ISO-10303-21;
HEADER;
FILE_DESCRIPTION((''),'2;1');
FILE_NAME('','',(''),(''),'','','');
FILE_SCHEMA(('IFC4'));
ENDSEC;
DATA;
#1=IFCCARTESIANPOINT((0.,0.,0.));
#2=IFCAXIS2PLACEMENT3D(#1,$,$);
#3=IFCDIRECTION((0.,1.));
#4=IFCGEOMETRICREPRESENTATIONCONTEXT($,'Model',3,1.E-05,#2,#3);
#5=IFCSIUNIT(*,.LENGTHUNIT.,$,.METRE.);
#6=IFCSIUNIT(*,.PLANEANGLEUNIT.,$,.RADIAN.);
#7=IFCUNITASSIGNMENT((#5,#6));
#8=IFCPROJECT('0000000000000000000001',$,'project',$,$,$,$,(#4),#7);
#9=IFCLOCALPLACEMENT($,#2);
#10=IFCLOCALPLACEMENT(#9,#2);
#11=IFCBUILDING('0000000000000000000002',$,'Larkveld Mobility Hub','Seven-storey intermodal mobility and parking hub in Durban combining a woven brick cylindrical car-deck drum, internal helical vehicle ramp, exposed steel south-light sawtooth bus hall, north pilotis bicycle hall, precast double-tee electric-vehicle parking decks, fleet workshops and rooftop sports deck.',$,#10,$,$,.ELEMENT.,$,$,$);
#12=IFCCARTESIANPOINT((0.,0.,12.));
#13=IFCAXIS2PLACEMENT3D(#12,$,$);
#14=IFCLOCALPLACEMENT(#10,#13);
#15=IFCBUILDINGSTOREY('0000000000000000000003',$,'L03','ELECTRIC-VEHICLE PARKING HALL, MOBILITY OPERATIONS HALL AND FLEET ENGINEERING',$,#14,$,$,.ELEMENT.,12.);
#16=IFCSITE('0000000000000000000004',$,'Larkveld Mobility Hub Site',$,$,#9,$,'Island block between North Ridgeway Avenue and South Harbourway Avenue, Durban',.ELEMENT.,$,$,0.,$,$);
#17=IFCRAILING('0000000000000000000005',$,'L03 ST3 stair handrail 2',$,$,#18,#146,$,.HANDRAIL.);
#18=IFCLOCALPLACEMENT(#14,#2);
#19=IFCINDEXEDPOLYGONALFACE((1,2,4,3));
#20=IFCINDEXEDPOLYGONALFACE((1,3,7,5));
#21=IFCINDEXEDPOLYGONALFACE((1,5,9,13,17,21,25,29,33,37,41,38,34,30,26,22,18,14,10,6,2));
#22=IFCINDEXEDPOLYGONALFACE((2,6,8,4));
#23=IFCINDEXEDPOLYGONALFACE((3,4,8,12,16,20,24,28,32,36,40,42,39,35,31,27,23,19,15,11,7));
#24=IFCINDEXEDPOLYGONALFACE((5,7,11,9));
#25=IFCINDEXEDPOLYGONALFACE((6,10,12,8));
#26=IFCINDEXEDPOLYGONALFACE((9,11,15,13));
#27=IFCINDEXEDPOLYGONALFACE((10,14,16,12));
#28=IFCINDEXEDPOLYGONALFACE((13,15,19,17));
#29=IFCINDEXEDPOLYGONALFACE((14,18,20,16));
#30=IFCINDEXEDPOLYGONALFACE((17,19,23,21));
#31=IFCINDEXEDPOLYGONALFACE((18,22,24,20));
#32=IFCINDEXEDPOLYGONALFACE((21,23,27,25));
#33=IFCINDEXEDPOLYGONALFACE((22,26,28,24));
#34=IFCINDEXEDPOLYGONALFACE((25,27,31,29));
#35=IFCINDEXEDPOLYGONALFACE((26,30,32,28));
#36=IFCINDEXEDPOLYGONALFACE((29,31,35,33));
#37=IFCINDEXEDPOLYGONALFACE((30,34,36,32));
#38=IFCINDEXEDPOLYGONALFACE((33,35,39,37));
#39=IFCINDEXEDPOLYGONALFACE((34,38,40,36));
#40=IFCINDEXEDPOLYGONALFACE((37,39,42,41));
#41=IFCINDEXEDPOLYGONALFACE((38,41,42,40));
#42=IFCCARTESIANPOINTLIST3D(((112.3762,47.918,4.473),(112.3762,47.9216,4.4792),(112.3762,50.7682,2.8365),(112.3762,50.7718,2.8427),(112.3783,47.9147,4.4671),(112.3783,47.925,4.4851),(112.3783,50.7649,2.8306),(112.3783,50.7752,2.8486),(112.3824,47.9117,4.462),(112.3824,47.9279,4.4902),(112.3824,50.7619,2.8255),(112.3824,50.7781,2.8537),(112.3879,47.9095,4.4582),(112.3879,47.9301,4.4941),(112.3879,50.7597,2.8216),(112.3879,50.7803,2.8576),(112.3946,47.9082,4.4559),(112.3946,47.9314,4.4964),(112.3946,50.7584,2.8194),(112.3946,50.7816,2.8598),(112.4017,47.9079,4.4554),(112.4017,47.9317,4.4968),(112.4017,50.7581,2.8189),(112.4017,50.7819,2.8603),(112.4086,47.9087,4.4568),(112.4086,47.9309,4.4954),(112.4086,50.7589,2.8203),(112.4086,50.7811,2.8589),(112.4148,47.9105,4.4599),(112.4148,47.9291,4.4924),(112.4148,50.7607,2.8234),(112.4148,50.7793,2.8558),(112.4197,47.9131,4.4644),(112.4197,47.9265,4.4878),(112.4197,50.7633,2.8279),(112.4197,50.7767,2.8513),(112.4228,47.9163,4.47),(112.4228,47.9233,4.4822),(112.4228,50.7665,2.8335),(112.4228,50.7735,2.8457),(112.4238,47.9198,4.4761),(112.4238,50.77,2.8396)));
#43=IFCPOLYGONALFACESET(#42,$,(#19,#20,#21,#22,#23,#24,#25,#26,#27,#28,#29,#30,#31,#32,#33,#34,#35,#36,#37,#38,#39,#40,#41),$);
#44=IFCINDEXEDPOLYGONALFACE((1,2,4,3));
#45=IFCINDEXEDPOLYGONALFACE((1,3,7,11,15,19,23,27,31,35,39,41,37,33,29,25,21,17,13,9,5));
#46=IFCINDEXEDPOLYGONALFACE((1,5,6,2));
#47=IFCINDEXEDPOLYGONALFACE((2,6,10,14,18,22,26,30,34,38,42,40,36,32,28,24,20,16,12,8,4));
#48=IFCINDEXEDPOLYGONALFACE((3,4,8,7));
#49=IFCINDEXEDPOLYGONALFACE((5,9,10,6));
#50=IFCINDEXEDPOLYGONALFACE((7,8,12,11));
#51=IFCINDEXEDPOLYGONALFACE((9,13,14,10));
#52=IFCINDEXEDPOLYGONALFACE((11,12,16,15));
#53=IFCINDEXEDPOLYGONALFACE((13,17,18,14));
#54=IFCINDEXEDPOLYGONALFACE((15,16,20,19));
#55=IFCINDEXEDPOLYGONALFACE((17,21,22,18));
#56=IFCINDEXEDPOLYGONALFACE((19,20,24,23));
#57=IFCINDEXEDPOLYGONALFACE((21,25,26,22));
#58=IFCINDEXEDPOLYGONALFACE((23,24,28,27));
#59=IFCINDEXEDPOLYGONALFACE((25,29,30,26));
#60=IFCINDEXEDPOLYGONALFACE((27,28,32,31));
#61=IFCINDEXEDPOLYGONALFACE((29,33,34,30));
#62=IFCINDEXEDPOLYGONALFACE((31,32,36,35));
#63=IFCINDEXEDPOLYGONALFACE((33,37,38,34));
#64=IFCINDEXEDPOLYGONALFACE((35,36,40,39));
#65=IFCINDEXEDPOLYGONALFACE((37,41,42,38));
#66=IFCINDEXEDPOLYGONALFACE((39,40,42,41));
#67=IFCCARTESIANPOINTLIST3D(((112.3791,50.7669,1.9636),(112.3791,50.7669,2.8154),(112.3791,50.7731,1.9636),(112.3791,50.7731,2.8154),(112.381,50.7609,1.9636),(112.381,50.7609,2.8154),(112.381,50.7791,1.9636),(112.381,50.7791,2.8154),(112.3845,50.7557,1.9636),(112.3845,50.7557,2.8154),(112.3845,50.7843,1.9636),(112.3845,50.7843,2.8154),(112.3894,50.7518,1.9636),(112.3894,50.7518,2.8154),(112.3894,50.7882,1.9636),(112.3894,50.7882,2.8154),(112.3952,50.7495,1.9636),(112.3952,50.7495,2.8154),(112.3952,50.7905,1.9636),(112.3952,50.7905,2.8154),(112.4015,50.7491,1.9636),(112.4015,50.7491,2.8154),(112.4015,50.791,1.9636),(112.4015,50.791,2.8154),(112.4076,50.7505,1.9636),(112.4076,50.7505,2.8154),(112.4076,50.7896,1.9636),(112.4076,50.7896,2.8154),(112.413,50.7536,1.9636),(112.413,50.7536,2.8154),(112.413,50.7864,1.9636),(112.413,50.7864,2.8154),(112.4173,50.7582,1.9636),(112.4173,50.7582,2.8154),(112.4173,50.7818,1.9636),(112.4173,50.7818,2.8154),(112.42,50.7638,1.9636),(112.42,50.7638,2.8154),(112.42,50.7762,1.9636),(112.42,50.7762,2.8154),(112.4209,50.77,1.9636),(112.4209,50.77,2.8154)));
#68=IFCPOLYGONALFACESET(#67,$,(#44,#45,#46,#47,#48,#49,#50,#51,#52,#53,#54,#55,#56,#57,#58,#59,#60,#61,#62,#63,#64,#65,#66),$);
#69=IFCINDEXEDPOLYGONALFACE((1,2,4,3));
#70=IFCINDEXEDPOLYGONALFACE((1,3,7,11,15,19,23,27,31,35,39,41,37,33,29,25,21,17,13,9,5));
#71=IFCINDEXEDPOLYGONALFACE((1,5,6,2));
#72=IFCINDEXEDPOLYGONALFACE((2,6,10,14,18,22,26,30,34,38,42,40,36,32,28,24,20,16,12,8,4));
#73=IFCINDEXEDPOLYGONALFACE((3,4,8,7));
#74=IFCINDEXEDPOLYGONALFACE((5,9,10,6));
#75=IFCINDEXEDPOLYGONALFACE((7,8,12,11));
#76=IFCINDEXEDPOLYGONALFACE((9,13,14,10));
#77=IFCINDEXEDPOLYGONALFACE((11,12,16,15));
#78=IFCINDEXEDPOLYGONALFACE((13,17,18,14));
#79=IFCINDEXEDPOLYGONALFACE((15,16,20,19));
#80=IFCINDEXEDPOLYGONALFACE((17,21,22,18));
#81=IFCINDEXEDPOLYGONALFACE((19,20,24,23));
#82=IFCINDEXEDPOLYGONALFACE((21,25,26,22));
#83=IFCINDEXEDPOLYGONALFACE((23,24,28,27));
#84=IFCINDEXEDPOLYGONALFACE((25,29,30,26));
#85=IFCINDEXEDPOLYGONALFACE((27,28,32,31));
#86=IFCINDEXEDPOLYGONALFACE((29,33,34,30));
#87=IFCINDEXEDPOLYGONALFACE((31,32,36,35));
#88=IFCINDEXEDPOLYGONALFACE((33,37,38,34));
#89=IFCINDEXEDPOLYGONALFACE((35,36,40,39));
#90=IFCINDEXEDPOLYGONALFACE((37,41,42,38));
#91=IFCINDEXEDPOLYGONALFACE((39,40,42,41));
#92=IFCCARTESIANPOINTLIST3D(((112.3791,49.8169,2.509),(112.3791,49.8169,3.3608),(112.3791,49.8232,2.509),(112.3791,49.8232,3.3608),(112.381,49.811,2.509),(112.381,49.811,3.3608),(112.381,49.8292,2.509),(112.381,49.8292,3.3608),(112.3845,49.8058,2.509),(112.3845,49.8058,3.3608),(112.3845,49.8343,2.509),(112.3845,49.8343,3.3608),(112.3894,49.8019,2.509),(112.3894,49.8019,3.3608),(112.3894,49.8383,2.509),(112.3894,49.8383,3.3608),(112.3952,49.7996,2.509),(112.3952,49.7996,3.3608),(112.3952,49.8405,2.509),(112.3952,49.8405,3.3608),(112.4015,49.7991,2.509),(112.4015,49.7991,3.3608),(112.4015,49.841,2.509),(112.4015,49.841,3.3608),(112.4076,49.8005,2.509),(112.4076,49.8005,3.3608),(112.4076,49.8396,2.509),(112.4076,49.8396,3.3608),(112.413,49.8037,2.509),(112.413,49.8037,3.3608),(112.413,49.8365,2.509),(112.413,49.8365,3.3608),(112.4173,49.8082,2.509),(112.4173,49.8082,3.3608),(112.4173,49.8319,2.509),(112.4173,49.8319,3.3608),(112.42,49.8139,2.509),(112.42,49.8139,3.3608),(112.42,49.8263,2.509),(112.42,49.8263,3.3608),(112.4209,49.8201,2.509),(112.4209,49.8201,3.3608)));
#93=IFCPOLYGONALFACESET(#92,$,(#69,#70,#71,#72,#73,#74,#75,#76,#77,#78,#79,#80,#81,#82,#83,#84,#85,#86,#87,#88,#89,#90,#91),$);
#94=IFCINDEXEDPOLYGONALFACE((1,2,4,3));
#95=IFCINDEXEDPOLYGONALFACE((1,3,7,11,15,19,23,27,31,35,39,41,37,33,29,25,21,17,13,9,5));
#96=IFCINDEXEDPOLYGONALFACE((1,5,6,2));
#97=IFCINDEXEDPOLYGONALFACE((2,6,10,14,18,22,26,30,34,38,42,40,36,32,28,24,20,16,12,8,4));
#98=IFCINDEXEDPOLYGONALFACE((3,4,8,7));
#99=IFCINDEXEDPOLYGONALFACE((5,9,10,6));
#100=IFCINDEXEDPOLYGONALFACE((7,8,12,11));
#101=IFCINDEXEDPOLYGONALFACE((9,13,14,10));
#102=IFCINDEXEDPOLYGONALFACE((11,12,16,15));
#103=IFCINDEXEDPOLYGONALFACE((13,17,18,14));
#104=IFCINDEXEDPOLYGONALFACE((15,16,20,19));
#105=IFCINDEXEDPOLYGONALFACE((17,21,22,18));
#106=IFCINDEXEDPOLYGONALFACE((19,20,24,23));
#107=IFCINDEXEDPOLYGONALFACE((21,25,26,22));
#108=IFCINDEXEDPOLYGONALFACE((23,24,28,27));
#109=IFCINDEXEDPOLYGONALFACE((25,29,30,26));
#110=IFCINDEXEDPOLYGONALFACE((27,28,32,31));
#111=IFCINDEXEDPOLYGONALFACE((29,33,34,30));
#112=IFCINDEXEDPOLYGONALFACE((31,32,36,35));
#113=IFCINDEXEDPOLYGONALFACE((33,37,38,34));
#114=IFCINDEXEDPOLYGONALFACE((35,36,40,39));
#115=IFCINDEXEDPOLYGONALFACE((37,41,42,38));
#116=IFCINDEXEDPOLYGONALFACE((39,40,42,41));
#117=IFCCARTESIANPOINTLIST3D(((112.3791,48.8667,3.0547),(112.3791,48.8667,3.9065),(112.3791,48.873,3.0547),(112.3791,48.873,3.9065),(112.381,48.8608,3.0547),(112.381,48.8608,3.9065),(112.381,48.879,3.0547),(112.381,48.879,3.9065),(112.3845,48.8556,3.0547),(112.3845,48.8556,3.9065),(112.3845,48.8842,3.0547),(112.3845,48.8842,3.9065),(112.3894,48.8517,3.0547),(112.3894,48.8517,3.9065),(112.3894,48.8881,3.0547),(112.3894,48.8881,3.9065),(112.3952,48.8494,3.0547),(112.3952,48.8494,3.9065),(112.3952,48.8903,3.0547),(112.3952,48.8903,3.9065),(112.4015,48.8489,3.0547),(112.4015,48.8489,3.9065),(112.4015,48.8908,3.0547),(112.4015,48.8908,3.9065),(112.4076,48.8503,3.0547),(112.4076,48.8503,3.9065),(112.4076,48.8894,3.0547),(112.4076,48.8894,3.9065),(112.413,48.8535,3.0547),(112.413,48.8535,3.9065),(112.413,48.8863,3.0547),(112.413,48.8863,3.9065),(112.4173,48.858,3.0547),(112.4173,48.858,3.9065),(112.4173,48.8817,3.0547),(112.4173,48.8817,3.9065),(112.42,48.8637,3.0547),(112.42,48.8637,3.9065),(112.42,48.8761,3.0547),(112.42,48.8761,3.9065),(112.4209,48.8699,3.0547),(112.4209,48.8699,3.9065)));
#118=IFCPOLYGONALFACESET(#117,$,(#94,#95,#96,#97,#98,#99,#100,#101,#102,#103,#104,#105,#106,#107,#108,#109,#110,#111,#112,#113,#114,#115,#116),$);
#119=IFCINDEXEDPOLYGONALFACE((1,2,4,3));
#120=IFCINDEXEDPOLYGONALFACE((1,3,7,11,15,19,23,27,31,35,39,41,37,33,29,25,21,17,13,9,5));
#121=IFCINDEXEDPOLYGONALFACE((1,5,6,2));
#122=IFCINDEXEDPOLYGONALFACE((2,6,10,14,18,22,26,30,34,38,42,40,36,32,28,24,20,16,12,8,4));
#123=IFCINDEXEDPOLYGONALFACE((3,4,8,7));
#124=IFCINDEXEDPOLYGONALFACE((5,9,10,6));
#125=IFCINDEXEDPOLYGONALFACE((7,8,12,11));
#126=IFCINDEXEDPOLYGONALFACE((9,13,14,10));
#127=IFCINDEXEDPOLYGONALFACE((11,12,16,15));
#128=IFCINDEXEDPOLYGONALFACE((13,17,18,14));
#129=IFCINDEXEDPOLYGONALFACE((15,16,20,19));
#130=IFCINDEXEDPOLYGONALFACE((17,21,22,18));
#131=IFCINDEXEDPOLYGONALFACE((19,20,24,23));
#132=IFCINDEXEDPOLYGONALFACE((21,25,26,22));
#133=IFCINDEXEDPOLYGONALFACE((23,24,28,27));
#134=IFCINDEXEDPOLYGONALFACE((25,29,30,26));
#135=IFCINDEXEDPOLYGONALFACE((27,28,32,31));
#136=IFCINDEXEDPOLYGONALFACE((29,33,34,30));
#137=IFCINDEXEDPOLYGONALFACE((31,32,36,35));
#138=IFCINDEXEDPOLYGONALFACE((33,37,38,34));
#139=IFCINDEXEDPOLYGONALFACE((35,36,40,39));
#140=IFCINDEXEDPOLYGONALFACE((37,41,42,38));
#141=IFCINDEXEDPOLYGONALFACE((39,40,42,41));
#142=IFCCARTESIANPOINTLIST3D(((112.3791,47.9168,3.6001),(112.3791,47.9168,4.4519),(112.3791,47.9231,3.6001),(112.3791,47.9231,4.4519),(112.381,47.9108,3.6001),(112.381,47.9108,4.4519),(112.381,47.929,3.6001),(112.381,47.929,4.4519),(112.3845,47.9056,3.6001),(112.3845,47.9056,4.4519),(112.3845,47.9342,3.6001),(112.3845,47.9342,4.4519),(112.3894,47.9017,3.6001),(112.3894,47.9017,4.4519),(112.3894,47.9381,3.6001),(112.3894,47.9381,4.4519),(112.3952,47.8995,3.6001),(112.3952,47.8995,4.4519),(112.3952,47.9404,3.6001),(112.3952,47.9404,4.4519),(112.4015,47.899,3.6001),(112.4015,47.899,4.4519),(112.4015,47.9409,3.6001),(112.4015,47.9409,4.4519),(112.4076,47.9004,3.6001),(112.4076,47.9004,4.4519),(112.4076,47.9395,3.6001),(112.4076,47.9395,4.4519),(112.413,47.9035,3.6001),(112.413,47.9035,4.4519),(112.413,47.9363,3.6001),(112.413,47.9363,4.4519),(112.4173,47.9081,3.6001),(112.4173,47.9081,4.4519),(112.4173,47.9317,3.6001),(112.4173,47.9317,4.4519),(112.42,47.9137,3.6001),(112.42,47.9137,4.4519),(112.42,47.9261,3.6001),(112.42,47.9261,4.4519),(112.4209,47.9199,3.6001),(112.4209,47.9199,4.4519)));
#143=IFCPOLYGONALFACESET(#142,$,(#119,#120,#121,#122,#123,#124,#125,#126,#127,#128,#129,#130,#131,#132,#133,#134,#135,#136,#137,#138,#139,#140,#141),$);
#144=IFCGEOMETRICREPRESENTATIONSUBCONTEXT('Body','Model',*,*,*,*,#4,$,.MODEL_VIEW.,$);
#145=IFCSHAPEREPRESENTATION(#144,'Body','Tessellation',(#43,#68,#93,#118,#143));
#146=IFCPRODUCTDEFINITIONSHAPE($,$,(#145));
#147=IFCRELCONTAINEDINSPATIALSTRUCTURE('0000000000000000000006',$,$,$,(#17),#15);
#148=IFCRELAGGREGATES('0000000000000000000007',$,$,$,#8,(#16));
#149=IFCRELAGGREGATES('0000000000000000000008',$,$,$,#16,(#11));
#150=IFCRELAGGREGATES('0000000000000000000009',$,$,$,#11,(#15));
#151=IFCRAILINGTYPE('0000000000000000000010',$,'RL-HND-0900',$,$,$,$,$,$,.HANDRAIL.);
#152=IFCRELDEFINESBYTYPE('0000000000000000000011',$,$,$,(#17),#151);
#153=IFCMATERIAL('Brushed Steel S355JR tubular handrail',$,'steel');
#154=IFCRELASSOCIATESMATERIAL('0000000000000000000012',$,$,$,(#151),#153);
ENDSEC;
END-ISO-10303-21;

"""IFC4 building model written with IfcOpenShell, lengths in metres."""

from ifc_helpers import new_model, si_unit, direction, frame, origin, origin_2d, place, context, subcontext, project, spatial, circle, extrude, material, type_object, element, save


model = new_model("IFC4")

# Units and contexts
model_context = context("Model", 3, precision=1e-05, world=origin(), true_north=direction((0.0, 1.0)))
body_context = subcontext(model_context, "Body", "Model", "MODEL_VIEW")
ifc_project = project(units=[si_unit("LENGTHUNIT", "METRE"), si_unit("PLANEANGLEUNIT", "RADIAN")], contexts=[model_context])

# Site, building, storey
site_placement = place(None, origin())
site = spatial("IfcSite", under=ifc_project, at=site_placement, Name="Larkveld Mobility Hub Site", LongName="Island block between North Ridgeway Avenue and South Harbourway Avenue, Durban", CompositionType="ELEMENT", RefElevation=0.0)
building_placement = place(site_placement, origin())
building = spatial("IfcBuilding", under=site, at=building_placement, Name="Larkveld Mobility Hub", Description="Seven-storey intermodal mobility and parking hub in Durban combining a woven brick cylindrical car-deck drum, internal helical vehicle ramp, exposed steel south-light sawtooth bus hall, north pilotis bicycle hall, precast double-tee electric-vehicle parking decks, fleet workshops and rooftop sports deck.", CompositionType="ELEMENT")
storey_placement = place(building_placement, frame((0.0, 0.0, 12.0)))
storey = spatial("IfcBuildingStorey", under=building, at=storey_placement, Name="L03", Description="ELECTRIC-VEHICLE PARKING HALL, MOBILITY OPERATIONS HALL AND FLEET ENGINEERING", CompositionType="ELEMENT", Elevation=12.0)

# Railing
ifc_material_1 = material(Name="Brushed Steel S355JR tubular handrail", Category="steel")
railing_type_1 = type_object("IfcRailingType", Name="RL-HND-0900", PredefinedType="HANDRAIL", material=ifc_material_1)
railing_1_placement = place(storey_placement, frame((112.3999, 50.77, 1.9636)))
element("IfcRailing", 1, at=railing_1_placement, inside=storey, type_object=railing_type_1, Name="L03 ST3 stair handrail 2", PredefinedType="HANDRAIL", context=body_context, shape_type="SweptSolid", body=[
    extrude(circle(Radius=0.0239, at=origin_2d()), frame((0.0, 0.0, 0.876), z_axis=(0.0, -0.867213, 0.497938), x_axis=(1.0, 0.0, 0.0)), (0.0, 0.0, 1.0), 3.2866),
    extrude(circle(Radius=0.021, at=origin_2d()), origin(), (0.0, 0.0, 1.0), 0.8518),
    extrude(circle(Radius=0.021, at=origin_2d()), frame((0.0, -0.95, 0.5454)), (0.0, 0.0, 1.0), 0.8518),
    extrude(circle(Radius=0.021, at=origin_2d()), frame((0.0, -1.9001, 1.0911)), (0.0, 0.0, 1.0), 0.8518),
    extrude(circle(Radius=0.021, at=origin_2d()), frame((0.0, -2.8501, 1.6365)), (0.0, 0.0, 1.0), 0.8518),
])

save(model, "model.ifc")
